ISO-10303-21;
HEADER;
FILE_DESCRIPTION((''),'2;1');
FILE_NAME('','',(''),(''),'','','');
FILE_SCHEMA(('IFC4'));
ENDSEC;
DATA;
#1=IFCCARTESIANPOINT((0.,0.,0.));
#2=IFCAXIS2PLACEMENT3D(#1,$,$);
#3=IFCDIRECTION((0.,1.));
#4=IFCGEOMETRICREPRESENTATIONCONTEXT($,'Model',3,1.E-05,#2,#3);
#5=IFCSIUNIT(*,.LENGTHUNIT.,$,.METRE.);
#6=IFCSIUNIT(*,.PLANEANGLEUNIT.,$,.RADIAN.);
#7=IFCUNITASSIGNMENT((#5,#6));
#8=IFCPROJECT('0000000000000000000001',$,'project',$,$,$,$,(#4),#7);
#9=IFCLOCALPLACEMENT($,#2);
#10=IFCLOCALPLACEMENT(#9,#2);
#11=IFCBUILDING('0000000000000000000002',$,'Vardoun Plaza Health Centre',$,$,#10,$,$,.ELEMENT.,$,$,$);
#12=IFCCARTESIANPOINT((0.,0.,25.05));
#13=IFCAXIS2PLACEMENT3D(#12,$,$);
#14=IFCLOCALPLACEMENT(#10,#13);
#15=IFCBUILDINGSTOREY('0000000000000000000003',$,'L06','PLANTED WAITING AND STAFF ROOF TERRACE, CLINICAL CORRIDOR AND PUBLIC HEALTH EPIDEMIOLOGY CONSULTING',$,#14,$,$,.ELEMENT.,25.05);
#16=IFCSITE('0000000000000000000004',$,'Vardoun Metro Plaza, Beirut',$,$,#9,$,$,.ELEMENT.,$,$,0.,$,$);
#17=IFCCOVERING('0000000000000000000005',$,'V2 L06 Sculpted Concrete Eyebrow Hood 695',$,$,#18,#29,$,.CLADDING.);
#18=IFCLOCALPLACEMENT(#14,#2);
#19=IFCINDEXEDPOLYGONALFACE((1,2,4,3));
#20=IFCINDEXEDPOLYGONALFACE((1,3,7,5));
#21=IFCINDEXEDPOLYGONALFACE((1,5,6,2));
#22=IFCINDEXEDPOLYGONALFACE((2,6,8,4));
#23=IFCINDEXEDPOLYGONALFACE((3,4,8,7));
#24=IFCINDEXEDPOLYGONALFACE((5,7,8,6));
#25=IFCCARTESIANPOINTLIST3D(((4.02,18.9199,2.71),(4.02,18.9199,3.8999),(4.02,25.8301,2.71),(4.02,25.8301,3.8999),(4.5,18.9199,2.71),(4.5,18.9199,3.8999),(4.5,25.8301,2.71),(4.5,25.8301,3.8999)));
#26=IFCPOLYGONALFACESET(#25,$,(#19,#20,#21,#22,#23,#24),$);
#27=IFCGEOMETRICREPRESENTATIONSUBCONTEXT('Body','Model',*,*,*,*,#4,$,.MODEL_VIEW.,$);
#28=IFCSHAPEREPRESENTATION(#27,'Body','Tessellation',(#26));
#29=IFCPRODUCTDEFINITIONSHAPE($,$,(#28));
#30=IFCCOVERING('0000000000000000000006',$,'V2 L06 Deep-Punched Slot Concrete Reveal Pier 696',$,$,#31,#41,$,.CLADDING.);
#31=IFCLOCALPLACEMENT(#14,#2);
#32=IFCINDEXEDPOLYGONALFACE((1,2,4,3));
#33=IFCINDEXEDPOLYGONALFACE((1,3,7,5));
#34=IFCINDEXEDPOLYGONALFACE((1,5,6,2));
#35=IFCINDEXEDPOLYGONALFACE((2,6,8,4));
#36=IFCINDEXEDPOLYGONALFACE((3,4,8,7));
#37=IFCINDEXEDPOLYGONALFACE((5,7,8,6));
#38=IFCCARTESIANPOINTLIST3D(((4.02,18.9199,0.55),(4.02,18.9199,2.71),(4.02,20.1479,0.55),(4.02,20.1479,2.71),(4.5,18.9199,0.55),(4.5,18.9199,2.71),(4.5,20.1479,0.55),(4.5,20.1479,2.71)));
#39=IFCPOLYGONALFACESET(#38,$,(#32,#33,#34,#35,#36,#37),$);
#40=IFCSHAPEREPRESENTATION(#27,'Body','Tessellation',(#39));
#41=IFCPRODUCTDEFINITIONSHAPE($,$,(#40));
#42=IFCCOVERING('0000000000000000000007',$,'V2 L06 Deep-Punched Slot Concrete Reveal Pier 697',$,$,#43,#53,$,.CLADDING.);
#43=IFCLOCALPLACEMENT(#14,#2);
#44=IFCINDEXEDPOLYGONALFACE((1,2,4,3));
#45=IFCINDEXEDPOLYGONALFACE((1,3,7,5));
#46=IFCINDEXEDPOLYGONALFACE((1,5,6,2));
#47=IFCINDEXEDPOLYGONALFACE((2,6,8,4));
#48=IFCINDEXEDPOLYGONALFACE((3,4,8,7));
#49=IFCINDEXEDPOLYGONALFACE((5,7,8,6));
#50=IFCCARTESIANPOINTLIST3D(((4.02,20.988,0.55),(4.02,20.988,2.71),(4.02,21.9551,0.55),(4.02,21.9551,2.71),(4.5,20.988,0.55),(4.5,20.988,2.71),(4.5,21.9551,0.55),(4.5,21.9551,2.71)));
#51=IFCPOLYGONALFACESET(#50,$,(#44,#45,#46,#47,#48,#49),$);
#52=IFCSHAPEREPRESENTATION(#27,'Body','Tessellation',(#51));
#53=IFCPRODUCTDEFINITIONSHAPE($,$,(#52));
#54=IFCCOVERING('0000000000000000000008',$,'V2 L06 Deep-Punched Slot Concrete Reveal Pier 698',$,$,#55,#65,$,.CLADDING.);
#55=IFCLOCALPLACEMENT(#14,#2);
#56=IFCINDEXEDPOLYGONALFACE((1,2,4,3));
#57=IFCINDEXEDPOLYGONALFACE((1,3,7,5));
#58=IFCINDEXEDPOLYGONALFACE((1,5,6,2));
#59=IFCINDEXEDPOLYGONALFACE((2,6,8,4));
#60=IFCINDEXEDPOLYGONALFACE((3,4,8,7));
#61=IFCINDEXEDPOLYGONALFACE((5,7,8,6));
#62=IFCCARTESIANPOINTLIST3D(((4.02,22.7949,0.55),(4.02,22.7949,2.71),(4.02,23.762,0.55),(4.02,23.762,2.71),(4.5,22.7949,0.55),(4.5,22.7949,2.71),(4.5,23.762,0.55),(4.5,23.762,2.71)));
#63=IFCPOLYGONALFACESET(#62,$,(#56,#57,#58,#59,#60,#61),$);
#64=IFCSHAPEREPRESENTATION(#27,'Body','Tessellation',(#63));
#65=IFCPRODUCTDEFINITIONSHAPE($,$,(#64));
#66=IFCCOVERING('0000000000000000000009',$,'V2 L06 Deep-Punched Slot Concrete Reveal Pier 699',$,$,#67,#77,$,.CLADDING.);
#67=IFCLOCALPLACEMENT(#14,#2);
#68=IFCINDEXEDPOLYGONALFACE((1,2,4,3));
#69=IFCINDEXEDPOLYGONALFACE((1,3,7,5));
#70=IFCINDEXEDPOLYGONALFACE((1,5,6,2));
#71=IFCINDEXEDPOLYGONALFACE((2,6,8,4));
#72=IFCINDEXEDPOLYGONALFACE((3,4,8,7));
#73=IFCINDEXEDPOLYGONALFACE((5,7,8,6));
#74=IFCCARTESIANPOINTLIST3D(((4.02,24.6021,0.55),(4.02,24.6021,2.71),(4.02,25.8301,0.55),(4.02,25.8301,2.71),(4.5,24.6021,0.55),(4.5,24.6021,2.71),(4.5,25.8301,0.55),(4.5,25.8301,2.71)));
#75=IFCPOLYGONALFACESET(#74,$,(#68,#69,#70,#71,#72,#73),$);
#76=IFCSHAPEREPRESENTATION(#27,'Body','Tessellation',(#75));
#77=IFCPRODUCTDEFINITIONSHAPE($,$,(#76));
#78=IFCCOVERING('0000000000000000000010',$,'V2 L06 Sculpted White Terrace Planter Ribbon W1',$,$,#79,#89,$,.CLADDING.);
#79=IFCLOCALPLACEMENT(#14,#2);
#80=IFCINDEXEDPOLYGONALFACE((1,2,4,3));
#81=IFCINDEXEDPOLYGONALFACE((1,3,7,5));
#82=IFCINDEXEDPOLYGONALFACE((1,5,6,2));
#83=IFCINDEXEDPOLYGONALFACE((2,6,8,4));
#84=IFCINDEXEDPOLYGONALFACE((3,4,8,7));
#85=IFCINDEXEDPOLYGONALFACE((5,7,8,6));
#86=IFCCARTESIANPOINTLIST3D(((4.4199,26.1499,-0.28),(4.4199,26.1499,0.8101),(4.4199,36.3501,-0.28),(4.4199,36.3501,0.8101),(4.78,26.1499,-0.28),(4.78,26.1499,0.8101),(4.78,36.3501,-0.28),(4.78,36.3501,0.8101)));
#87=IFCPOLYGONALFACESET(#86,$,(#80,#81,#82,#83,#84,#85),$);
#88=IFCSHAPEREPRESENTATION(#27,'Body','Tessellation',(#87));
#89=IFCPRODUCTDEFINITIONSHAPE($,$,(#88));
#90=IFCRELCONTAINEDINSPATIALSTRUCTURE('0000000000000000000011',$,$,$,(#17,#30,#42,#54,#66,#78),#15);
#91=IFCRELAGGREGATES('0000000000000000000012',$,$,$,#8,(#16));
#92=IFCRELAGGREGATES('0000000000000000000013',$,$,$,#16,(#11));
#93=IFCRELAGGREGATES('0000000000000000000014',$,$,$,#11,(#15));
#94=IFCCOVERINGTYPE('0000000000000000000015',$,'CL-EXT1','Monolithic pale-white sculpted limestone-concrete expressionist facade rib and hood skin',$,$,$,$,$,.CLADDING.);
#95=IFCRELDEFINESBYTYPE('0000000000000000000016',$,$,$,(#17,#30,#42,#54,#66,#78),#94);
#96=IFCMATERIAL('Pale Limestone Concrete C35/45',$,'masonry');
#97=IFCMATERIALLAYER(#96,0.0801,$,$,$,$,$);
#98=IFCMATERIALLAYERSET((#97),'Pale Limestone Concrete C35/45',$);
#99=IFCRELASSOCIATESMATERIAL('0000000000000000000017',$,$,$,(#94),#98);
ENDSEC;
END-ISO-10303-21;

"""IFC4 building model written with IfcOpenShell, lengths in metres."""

from ifc_helpers import new_model, si_unit, direction, frame, origin, place, context, subcontext, project, spatial, polyline, outline, extrude, material, layer, layer_set, type_object, element, save


model = new_model("IFC4")

# Units and contexts
model_context = context("Model", 3, precision=1e-05, world=origin(), true_north=direction((0.0, 1.0)))
body_context = subcontext(model_context, "Body", "Model", "MODEL_VIEW")
ifc_project = project(units=[si_unit("LENGTHUNIT", "METRE"), si_unit("PLANEANGLEUNIT", "RADIAN")], contexts=[model_context])

# Site, building, storey
site_placement = place(None, origin())
site = spatial("IfcSite", under=ifc_project, at=site_placement, Name="Vardoun Metro Plaza, Beirut", CompositionType="ELEMENT", RefElevation=0.0)
building_placement = place(site_placement, origin())
building = spatial("IfcBuilding", under=site, at=building_placement, Name="Vardoun Plaza Health Centre", CompositionType="ELEMENT")
storey_placement = place(building_placement, frame((0.0, 0.0, 25.05)))
storey = spatial("IfcBuildingStorey", under=building, at=storey_placement, Name="L06", Description="PLANTED WAITING AND STAFF ROOF TERRACE, CLINICAL CORRIDOR AND PUBLIC HEALTH EPIDEMIOLOGY CONSULTING", CompositionType="ELEMENT", Elevation=25.05)

# Coverings
ifc_material = material(Name="Pale Limestone Concrete C35/45", Category="masonry")
ifc_layer = layer(ifc_material, 0.0801)
ifc_layer_set = layer_set([ifc_layer], Name="Pale Limestone Concrete C35/45")
covering_type = type_object("IfcCoveringType", Name="CL-EXT1", Description="Monolithic pale-white sculpted limestone-concrete expressionist facade rib and hood skin", PredefinedType="CLADDING", material=ifc_layer_set)
covering_1_placement = place(storey_placement, frame((0.0, 0.0, 2.71)))
element("IfcCovering", 1, at=covering_1_placement, inside=storey, type_object=covering_type, Name="V2 L06 Sculpted Concrete Eyebrow Hood 695", PredefinedType="CLADDING", context=body_context, shape_type="SweptSolid", body=[
    extrude(outline(polyline([(4.5, 18.9199), (4.5, 25.8301), (4.02, 25.8301), (4.02, 18.9199), (4.5, 18.9199)])), origin(), (0.0, 0.0, 1.0), 1.1899),
])
covering_2_placement = place(storey_placement, frame((0.0, 0.0, 0.55)))
element("IfcCovering", 2, at=covering_2_placement, inside=storey, type_object=covering_type, Name="V2 L06 Deep-Punched Slot Concrete Reveal Pier 696", PredefinedType="CLADDING", context=body_context, shape_type="SweptSolid", body=[
    extrude(outline(polyline([(4.5, 18.9199), (4.5, 20.1479), (4.02, 20.1479), (4.02, 18.9199), (4.5, 18.9199)])), origin(), (0.0, 0.0, 1.0), 2.1599),
])
covering_3_placement = place(storey_placement, frame((0.0, 0.0, 0.55)))
element("IfcCovering", 3, at=covering_3_placement, inside=storey, type_object=covering_type, Name="V2 L06 Deep-Punched Slot Concrete Reveal Pier 697", PredefinedType="CLADDING", context=body_context, shape_type="SweptSolid", body=[
    extrude(outline(polyline([(4.5, 20.988), (4.5, 21.9551), (4.02, 21.9551), (4.02, 20.988), (4.5, 20.988)])), origin(), (0.0, 0.0, 1.0), 2.1599),
])
covering_4_placement = place(storey_placement, frame((0.0, 0.0, 0.55)))
element("IfcCovering", 4, at=covering_4_placement, inside=storey, type_object=covering_type, Name="V2 L06 Deep-Punched Slot Concrete Reveal Pier 698", PredefinedType="CLADDING", context=body_context, shape_type="SweptSolid", body=[
    extrude(outline(polyline([(4.5, 22.7949), (4.5, 23.762), (4.02, 23.762), (4.02, 22.7949), (4.5, 22.7949)])), origin(), (0.0, 0.0, 1.0), 2.1599),
])
covering_5_placement = place(storey_placement, frame((0.0, 0.0, 0.55)))
element("IfcCovering", 5, at=covering_5_placement, inside=storey, type_object=covering_type, Name="V2 L06 Deep-Punched Slot Concrete Reveal Pier 699", PredefinedType="CLADDING", context=body_context, shape_type="SweptSolid", body=[
    extrude(outline(polyline([(4.5, 24.6021), (4.5, 25.8301), (4.02, 25.8301), (4.02, 24.6021), (4.5, 24.6021)])), origin(), (0.0, 0.0, 1.0), 2.1599),
])
covering_6_placement = place(storey_placement, frame((0.0, 0.0, -0.28)))
element("IfcCovering", 6, at=covering_6_placement, inside=storey, type_object=covering_type, Name="V2 L06 Sculpted White Terrace Planter Ribbon W1", PredefinedType="CLADDING", context=body_context, shape_type="SweptSolid", body=[
    extrude(outline(polyline([(4.4199, 26.1499), (4.78, 26.1499), (4.78, 36.3501), (4.4199, 36.3501), (4.4199, 26.1499)])), origin(), (0.0, 0.0, 1.0), 1.0901),
])

save(model, "model.ifc")
